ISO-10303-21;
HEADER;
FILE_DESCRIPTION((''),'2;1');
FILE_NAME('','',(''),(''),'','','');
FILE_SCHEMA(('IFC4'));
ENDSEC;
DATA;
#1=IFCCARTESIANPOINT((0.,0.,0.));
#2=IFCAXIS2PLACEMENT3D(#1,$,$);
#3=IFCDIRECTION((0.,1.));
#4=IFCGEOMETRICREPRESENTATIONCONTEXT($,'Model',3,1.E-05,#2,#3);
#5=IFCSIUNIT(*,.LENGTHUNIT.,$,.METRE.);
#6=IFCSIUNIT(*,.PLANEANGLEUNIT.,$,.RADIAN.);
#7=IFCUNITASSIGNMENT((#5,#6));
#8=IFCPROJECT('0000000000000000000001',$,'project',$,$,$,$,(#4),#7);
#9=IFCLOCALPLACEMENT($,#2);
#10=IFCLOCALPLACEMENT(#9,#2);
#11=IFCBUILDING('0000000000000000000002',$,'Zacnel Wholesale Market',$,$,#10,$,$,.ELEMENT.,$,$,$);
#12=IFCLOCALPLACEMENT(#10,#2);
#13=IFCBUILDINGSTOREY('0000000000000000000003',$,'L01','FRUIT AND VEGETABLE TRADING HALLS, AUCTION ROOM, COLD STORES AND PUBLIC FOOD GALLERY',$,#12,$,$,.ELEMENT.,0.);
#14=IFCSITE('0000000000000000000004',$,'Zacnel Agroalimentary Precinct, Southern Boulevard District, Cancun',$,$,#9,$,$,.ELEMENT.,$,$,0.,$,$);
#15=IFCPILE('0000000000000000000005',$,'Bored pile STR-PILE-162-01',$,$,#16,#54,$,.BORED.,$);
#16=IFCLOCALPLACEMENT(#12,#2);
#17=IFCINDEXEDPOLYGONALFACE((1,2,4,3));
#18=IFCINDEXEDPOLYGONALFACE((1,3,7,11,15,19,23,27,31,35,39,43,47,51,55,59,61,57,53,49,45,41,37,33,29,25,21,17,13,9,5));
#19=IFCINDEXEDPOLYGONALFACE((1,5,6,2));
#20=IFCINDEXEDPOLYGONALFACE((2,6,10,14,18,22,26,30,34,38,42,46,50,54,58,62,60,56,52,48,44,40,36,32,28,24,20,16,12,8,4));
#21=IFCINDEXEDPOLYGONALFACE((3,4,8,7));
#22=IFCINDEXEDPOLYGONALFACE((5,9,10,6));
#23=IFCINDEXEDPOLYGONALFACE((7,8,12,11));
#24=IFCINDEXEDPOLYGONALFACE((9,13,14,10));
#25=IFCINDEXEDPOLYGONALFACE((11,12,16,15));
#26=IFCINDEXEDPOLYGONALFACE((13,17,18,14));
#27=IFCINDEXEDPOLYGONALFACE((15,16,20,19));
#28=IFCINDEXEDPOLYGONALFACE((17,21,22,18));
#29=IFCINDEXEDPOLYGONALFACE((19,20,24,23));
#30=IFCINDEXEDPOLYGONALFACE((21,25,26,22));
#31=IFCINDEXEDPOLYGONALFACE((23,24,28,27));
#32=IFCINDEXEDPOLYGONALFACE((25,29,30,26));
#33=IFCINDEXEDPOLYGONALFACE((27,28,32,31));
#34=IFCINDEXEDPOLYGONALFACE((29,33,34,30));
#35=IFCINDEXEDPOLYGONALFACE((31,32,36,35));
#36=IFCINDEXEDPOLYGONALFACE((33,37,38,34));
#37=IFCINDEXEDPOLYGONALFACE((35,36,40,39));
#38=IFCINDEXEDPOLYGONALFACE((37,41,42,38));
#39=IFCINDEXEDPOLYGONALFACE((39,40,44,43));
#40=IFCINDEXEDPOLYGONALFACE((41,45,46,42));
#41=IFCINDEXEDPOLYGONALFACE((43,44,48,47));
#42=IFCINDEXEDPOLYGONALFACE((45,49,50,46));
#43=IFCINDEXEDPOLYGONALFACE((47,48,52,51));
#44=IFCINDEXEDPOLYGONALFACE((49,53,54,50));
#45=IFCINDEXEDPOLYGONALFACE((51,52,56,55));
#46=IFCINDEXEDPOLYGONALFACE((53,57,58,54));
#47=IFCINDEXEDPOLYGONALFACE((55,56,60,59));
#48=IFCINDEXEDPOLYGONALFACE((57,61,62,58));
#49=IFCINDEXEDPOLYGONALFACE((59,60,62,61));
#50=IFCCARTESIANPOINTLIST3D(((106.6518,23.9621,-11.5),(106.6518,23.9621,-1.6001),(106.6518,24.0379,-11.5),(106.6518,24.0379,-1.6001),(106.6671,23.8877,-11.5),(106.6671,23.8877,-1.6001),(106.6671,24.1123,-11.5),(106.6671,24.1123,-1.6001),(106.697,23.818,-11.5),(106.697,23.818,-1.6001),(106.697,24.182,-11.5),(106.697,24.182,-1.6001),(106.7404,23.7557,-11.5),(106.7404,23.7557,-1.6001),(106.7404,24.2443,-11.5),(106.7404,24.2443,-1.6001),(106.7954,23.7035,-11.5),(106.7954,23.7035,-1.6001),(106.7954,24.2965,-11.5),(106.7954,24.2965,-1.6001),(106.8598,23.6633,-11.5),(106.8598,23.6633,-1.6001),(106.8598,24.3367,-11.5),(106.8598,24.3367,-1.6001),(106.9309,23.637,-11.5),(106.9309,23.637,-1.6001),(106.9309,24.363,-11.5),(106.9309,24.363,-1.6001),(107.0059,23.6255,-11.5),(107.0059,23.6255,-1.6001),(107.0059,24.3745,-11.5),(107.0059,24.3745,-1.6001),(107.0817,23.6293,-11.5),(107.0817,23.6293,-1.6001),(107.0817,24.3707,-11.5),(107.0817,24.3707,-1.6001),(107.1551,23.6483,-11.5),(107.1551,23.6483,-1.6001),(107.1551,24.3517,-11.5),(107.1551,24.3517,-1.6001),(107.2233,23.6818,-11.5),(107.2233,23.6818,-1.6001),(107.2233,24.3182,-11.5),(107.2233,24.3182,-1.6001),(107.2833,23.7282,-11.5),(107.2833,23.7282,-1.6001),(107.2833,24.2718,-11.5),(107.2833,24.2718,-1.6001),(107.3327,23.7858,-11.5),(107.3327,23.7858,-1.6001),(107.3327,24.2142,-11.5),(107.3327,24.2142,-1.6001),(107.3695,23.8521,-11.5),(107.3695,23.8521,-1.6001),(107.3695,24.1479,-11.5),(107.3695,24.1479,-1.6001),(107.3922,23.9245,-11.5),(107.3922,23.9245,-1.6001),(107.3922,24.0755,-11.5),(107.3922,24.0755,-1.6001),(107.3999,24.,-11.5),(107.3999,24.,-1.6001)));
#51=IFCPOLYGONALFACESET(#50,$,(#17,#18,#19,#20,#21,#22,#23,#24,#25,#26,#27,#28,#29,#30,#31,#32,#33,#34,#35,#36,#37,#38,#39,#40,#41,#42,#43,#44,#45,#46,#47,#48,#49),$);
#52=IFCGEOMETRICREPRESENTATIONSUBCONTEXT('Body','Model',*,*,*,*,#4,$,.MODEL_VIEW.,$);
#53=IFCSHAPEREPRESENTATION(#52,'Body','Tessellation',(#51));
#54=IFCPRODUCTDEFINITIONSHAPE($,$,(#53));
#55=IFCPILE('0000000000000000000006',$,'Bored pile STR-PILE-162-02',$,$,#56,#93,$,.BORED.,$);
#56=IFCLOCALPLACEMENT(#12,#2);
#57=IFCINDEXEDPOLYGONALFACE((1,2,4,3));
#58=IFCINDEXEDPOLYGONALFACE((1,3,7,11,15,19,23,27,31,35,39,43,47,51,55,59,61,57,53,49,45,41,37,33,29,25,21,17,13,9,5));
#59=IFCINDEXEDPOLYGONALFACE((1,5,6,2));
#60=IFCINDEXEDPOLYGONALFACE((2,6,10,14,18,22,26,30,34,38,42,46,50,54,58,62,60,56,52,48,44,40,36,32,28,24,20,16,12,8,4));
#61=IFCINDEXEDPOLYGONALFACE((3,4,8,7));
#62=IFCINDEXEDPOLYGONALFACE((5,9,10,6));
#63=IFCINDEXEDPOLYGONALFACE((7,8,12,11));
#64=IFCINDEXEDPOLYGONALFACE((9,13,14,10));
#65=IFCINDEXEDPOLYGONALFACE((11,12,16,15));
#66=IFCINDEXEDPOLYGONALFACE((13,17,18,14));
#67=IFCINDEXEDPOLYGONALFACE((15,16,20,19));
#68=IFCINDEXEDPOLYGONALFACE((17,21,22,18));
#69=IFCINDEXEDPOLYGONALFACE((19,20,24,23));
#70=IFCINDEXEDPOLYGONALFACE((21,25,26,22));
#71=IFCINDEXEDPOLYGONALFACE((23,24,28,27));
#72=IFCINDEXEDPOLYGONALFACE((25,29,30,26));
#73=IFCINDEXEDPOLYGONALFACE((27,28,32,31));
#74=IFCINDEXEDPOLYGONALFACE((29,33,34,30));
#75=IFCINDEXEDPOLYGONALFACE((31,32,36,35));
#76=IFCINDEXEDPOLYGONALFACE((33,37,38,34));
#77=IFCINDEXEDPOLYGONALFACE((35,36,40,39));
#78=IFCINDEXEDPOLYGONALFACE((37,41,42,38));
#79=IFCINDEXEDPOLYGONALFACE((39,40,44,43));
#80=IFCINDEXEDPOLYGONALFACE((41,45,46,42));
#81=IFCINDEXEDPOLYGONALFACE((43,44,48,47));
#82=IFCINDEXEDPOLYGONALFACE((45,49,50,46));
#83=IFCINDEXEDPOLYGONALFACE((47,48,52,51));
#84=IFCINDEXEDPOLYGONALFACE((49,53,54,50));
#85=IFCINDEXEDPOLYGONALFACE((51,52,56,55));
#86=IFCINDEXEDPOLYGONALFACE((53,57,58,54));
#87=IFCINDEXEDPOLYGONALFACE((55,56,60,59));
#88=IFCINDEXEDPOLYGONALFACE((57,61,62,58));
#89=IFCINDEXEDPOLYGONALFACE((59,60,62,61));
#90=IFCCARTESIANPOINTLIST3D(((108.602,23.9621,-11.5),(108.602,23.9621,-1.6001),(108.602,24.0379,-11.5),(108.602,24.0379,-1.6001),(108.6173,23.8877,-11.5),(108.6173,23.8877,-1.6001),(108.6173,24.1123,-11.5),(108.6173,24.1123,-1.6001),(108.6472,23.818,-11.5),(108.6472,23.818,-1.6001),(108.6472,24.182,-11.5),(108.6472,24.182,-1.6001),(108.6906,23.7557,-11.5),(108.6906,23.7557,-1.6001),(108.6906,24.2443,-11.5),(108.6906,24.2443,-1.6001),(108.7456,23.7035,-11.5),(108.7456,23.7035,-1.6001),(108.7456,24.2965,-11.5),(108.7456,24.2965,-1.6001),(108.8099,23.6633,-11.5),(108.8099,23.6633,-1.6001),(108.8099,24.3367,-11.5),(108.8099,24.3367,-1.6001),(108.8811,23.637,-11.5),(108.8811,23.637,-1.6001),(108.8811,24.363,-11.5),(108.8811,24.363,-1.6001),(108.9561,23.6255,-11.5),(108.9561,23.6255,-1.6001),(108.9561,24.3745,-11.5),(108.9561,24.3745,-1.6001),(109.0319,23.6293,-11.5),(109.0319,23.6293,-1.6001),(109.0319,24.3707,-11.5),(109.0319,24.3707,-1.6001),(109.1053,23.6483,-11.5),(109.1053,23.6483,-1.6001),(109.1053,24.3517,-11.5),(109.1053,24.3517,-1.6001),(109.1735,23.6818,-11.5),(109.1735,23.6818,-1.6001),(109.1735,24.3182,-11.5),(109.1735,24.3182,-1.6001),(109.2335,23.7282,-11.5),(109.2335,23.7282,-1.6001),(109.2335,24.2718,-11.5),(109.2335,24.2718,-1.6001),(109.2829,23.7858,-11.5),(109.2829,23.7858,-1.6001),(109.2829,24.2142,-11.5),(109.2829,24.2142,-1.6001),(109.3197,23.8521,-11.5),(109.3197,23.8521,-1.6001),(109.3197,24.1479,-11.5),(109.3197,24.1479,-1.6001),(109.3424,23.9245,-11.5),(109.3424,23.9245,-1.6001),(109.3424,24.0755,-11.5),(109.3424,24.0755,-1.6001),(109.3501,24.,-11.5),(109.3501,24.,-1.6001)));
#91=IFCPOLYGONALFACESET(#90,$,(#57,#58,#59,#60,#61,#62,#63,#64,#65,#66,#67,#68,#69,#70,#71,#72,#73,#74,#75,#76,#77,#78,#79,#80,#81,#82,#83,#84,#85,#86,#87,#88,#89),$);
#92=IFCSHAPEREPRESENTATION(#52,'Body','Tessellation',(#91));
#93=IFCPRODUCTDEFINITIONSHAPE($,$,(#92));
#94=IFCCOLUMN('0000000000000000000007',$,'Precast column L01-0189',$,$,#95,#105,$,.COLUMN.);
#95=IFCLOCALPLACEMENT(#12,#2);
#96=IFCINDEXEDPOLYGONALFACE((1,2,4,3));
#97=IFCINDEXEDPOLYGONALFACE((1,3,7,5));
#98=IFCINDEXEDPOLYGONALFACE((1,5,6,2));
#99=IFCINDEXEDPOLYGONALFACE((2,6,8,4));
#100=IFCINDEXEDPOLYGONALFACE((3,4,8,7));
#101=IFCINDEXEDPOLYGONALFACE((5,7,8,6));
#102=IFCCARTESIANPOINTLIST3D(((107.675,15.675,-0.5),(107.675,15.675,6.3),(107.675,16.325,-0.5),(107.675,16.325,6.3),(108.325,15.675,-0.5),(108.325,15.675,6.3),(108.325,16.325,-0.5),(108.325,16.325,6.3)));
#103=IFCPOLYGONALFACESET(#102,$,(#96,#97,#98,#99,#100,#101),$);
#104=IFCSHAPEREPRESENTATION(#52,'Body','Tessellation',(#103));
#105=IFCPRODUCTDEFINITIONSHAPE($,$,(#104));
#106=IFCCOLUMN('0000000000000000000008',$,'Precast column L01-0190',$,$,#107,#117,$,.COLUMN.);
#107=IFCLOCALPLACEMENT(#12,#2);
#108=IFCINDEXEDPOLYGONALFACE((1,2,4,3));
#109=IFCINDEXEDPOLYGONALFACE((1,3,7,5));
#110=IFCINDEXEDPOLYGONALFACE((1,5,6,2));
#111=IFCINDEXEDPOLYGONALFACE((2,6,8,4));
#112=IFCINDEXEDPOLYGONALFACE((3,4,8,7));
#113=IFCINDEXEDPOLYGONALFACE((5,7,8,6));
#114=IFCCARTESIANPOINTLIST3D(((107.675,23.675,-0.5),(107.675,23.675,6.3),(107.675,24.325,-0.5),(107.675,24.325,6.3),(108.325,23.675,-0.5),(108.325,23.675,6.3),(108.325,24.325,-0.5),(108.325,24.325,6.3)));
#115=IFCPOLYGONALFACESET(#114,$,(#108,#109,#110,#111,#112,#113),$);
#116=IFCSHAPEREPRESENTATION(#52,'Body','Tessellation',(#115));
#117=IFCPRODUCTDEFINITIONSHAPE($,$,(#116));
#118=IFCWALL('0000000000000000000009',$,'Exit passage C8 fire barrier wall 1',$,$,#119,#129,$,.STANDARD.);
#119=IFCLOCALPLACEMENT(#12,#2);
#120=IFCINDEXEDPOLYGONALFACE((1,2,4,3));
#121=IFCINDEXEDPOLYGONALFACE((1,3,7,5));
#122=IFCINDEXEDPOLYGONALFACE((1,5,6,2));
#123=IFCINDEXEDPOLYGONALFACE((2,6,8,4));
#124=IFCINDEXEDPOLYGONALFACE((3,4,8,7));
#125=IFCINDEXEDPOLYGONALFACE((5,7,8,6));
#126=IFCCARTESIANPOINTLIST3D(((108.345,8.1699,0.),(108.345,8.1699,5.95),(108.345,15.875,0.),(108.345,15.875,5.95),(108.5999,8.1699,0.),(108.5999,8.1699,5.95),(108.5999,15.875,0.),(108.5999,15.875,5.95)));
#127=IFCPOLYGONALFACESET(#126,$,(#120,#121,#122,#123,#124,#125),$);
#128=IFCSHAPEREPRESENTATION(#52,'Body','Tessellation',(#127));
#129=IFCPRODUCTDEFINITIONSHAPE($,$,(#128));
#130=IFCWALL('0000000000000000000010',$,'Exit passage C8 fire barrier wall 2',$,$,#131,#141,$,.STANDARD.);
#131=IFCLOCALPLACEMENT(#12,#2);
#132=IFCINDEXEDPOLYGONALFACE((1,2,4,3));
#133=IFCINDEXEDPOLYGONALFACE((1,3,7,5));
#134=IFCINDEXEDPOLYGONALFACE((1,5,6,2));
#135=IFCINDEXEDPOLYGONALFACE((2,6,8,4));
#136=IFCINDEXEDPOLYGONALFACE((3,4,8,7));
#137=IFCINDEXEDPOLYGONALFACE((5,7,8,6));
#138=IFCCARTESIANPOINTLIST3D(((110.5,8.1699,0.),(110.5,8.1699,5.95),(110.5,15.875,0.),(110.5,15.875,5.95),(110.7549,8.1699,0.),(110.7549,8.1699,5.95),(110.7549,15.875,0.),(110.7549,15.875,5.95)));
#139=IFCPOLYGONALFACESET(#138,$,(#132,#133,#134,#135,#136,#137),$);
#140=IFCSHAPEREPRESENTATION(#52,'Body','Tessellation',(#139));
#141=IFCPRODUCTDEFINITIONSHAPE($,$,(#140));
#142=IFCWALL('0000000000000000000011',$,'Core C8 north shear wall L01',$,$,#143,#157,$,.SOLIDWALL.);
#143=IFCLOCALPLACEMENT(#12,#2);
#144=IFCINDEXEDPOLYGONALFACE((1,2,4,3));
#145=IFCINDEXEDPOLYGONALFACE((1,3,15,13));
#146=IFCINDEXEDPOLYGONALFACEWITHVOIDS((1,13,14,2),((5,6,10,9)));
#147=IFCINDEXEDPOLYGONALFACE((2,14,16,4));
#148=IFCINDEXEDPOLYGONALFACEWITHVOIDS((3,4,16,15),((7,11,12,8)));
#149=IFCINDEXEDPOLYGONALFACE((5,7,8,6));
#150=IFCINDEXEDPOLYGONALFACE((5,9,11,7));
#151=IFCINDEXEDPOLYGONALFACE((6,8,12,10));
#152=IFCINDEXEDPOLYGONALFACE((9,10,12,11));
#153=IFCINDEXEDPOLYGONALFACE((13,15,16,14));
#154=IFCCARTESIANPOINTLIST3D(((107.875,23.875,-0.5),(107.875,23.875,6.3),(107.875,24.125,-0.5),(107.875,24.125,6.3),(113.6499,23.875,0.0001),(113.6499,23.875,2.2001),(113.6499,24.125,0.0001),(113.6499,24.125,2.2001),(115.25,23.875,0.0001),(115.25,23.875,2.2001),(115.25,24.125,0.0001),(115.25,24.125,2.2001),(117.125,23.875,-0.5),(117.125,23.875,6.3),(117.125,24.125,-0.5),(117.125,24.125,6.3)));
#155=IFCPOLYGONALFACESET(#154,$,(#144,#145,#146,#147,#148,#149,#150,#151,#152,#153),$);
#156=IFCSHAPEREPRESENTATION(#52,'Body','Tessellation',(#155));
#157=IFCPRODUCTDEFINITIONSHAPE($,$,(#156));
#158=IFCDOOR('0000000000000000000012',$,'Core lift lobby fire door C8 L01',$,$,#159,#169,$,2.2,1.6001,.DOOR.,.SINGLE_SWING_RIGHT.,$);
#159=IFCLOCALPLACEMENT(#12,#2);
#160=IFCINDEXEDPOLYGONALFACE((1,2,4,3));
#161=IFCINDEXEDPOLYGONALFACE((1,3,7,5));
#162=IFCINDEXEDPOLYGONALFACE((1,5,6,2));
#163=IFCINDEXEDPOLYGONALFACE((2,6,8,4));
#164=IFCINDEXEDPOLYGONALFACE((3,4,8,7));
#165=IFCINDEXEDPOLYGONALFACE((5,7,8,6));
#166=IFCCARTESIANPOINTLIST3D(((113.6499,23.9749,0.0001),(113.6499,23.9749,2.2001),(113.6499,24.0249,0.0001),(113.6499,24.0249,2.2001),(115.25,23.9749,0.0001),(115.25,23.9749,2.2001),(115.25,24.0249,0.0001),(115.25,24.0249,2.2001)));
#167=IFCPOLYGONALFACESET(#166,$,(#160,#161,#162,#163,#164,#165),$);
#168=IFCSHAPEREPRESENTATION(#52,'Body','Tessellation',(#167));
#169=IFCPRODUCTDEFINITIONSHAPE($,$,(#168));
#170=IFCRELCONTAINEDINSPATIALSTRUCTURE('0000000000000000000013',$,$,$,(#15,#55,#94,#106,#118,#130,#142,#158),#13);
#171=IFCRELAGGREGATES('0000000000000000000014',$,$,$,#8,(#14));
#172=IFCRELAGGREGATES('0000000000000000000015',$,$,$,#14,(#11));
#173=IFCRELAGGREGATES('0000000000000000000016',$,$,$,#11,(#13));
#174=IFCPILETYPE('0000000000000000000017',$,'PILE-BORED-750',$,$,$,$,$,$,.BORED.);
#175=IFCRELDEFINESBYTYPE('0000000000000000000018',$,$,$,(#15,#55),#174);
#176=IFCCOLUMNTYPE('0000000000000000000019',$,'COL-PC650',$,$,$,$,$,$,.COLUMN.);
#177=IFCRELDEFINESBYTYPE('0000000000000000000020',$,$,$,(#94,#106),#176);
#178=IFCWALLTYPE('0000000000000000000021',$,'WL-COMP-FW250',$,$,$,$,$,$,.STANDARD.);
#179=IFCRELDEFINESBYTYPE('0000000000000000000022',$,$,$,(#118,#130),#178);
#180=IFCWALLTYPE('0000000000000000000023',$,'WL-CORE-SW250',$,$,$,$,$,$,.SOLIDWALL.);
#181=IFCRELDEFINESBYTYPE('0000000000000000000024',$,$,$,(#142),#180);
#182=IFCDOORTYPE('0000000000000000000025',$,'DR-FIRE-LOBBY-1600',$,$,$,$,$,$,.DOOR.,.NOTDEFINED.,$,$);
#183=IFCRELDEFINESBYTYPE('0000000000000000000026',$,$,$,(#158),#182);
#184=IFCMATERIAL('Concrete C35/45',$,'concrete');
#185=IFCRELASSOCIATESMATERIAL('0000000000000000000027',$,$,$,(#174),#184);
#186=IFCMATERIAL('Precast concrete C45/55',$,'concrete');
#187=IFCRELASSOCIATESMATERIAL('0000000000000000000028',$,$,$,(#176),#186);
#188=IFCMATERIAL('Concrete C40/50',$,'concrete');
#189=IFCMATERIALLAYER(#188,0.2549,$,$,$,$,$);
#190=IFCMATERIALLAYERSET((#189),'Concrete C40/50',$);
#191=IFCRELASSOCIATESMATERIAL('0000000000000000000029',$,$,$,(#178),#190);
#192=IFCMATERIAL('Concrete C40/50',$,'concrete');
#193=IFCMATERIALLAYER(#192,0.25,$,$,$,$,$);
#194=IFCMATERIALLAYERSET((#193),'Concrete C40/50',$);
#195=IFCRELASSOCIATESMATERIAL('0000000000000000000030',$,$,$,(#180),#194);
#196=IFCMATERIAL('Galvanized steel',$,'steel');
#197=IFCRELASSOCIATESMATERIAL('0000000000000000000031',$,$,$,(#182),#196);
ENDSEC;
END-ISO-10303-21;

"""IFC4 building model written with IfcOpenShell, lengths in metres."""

from ifc_helpers import new_model, si_unit, direction, frame, frame_2d, origin, origin_2d, place, context, subcontext, project, spatial, rectangle, circle, extrude, material, layer, layer_set, material_profile, profile_set, type_object, element, fill, save


model = new_model("IFC4")

# Units and contexts
model_context = context("Model", 3, precision=1e-05, world=origin(), true_north=direction((0.0, 1.0)))
body_context = subcontext(model_context, "Body", "Model", "MODEL_VIEW")
ifc_project = project(units=[si_unit("LENGTHUNIT", "METRE"), si_unit("PLANEANGLEUNIT", "RADIAN")], contexts=[model_context])

# Site, building, storey
site_placement = place(None, origin())
site = spatial("IfcSite", under=ifc_project, at=site_placement, Name="Zacnel Agroalimentary Precinct, Southern Boulevard District, Cancun", CompositionType="ELEMENT", RefElevation=0.0)
building_placement = place(site_placement, origin())
building = spatial("IfcBuilding", under=site, at=building_placement, Name="Zacnel Wholesale Market", CompositionType="ELEMENT")
storey_placement = place(building_placement, origin())
storey = spatial("IfcBuildingStorey", under=building, at=storey_placement, Name="L01", Description="FRUIT AND VEGETABLE TRADING HALLS, AUCTION ROOM, COLD STORES AND PUBLIC FOOD GALLERY", CompositionType="ELEMENT", Elevation=0.0)

# Piles
ifc_material_1 = material(Name="Concrete C35/45", Category="concrete")
ifc_material_profile_1 = material_profile(ifc_material_1, circle(Radius=0.375, at=origin_2d()), Name="BORED PILE D750")
ifc_profile_set_1 = profile_set([ifc_material_profile_1], Name="Concrete C35/45")
pile_type = type_object("IfcPileType", Name="PILE-BORED-750", PredefinedType="BORED", material=ifc_profile_set_1)
for number, where, z_axis, x_axis, name in (
    (1, (107.0249, 24.0, -1.6001), (0.0, 0.0, -1.0), (1.0, 0.0, 0.0), "Bored pile STR-PILE-162-01"),
    (2, (108.9751, 24.0, -1.6001), (0.0, 0.0, -1.0), (1.0, 0.0, 0.0), "Bored pile STR-PILE-162-02"),
):
    element("IfcPile", number, at=place(storey_placement, frame(where, z_axis=z_axis, x_axis=x_axis)), inside=storey, type_object=pile_type, Name=name, PredefinedType="BORED", context=body_context, shape_type="SweptSolid", body=[
        extrude(circle(Radius=0.375, at=origin_2d()), origin(), (0.0, 0.0, 1.0), 9.8999),
    ])

# Columns
ifc_material_2 = material(Name="Precast concrete C45/55", Category="concrete")
ifc_material_profile_2 = material_profile(ifc_material_2, rectangle(XDim=0.6499, YDim=0.6499, at=origin_2d()), Name="PC 650x650")
ifc_profile_set_2 = profile_set([ifc_material_profile_2], Name="Precast concrete C45/55")
column_type = type_object("IfcColumnType", Name="COL-PC650", PredefinedType="COLUMN", material=ifc_profile_set_2)
for number, where, z_axis, x_axis, name in (
    (3, (108.0, 16.0, -0.5), (0.0, 0.0, 1.0), (1.0, 0.0, 0.0), "Precast column L01-0189"),
    (4, (108.0, 24.0, -0.5), (0.0, 0.0, 1.0), (1.0, 0.0, 0.0), "Precast column L01-0190"),
):
    element("IfcColumn", number, at=place(storey_placement, frame(where, z_axis=z_axis, x_axis=x_axis)), inside=storey, type_object=column_type, Name=name, PredefinedType="COLUMN", context=body_context, shape_type="SweptSolid", body=[
        extrude(rectangle(XDim=0.6499, YDim=0.6499, at=origin_2d()), origin(), (0.0, 0.0, 1.0), 6.8),
    ])

# Walls
ifc_material_3 = material(Name="Concrete C40/50", Category="concrete")
ifc_layer_1 = layer(ifc_material_3, 0.2549)
ifc_layer_set_1 = layer_set([ifc_layer_1], Name="Concrete C40/50")
wall_type_1 = type_object("IfcWallType", Name="WL-COMP-FW250", PredefinedType="STANDARD", material=ifc_layer_set_1)
for number, where, z_axis, x_axis, name in (
    (5, (108.4724, 8.1699, 0.0), (0.0, 0.0, 1.0), (0.0, 1.0, 0.0), "Exit passage C8 fire barrier wall 1"),
    (6, (110.6274, 8.1699, 0.0), (0.0, 0.0, 1.0), (0.0, 1.0, 0.0), "Exit passage C8 fire barrier wall 2"),
):
    element("IfcWall", number, at=place(storey_placement, frame(where, z_axis=z_axis, x_axis=x_axis)), inside=storey, type_object=wall_type_1, Name=name, PredefinedType="STANDARD", context=body_context, shape_type="SweptSolid", body=[
        extrude(rectangle(XDim=7.7051, YDim=0.2549, at=frame_2d((3.8525, 0.0))), origin(), (0.0, 0.0, 1.0), 5.95),
    ])

# Wall, opening, door
ifc_material_4 = material(Name="Concrete C40/50", Category="concrete")
ifc_layer_2 = layer(ifc_material_4, 0.25)
ifc_layer_set_2 = layer_set([ifc_layer_2], Name="Concrete C40/50")
wall_type_2 = type_object("IfcWallType", Name="WL-CORE-SW250", PredefinedType="SOLIDWALL", material=ifc_layer_set_2)
wall_1_placement = place(storey_placement, frame((107.875, 24.0, -0.5), z_axis=(0.0, 0.0, 1.0), x_axis=(1.0, 0.0, 0.0)))
wall_1 = element("IfcWall", 7, at=wall_1_placement, inside=storey, type_object=wall_type_2, Name="Core C8 north shear wall L01", PredefinedType="SOLIDWALL", context=body_context, shape_type="SweptSolid", body=[
    extrude(rectangle(XDim=9.25, YDim=0.25, at=frame_2d((4.625, 0.0))), origin(), (0.0, 0.0, 1.0), 6.8),
])
opening_1_placement = place(wall_1_placement, frame((5.7749, 0.0, 0.5)))
opening_1 = element("IfcOpeningElement", 8, at=opening_1_placement, cuts=wall_1, PredefinedType="OPENING", context=body_context, shape_type="SweptSolid", body=[
    extrude(rectangle(XDim=1.6001, YDim=2.2, at=frame_2d((0.8, 1.1001))), frame((0.0, 0.135, 0.0), z_axis=(0.0, -1.0, 0.0), x_axis=(1.0, 0.0, 0.0)), (0.0, 0.0, 1.0), 0.27),
])
ifc_material_5 = material(Name="Galvanized steel", Category="steel")
door_type_1 = type_object("IfcDoorType", Name="DR-FIRE-LOBBY-1600", OperationType="NOTDEFINED", PredefinedType="DOOR", material=ifc_material_5)
door_1_placement = place(opening_1_placement, origin())
door_1 = element("IfcDoor", 9, at=door_1_placement, inside=storey, type_object=door_type_1, Name="Core lift lobby fire door C8 L01", OperationType="SINGLE_SWING_RIGHT", OverallHeight=2.2, OverallWidth=1.6001, PredefinedType="DOOR", context=body_context, shape_type="SweptSolid", body=[
    extrude(rectangle(XDim=1.6001, YDim=2.2, at=frame_2d((0.8, 1.1001))), frame((0.0, 0.0249, 0.0), z_axis=(0.0, -1.0, 0.0), x_axis=(1.0, 0.0, 0.0)), (0.0, 0.0, 1.0), 0.05),
])
fill(opening_1, door_1)

save(model, "model.ifc")
